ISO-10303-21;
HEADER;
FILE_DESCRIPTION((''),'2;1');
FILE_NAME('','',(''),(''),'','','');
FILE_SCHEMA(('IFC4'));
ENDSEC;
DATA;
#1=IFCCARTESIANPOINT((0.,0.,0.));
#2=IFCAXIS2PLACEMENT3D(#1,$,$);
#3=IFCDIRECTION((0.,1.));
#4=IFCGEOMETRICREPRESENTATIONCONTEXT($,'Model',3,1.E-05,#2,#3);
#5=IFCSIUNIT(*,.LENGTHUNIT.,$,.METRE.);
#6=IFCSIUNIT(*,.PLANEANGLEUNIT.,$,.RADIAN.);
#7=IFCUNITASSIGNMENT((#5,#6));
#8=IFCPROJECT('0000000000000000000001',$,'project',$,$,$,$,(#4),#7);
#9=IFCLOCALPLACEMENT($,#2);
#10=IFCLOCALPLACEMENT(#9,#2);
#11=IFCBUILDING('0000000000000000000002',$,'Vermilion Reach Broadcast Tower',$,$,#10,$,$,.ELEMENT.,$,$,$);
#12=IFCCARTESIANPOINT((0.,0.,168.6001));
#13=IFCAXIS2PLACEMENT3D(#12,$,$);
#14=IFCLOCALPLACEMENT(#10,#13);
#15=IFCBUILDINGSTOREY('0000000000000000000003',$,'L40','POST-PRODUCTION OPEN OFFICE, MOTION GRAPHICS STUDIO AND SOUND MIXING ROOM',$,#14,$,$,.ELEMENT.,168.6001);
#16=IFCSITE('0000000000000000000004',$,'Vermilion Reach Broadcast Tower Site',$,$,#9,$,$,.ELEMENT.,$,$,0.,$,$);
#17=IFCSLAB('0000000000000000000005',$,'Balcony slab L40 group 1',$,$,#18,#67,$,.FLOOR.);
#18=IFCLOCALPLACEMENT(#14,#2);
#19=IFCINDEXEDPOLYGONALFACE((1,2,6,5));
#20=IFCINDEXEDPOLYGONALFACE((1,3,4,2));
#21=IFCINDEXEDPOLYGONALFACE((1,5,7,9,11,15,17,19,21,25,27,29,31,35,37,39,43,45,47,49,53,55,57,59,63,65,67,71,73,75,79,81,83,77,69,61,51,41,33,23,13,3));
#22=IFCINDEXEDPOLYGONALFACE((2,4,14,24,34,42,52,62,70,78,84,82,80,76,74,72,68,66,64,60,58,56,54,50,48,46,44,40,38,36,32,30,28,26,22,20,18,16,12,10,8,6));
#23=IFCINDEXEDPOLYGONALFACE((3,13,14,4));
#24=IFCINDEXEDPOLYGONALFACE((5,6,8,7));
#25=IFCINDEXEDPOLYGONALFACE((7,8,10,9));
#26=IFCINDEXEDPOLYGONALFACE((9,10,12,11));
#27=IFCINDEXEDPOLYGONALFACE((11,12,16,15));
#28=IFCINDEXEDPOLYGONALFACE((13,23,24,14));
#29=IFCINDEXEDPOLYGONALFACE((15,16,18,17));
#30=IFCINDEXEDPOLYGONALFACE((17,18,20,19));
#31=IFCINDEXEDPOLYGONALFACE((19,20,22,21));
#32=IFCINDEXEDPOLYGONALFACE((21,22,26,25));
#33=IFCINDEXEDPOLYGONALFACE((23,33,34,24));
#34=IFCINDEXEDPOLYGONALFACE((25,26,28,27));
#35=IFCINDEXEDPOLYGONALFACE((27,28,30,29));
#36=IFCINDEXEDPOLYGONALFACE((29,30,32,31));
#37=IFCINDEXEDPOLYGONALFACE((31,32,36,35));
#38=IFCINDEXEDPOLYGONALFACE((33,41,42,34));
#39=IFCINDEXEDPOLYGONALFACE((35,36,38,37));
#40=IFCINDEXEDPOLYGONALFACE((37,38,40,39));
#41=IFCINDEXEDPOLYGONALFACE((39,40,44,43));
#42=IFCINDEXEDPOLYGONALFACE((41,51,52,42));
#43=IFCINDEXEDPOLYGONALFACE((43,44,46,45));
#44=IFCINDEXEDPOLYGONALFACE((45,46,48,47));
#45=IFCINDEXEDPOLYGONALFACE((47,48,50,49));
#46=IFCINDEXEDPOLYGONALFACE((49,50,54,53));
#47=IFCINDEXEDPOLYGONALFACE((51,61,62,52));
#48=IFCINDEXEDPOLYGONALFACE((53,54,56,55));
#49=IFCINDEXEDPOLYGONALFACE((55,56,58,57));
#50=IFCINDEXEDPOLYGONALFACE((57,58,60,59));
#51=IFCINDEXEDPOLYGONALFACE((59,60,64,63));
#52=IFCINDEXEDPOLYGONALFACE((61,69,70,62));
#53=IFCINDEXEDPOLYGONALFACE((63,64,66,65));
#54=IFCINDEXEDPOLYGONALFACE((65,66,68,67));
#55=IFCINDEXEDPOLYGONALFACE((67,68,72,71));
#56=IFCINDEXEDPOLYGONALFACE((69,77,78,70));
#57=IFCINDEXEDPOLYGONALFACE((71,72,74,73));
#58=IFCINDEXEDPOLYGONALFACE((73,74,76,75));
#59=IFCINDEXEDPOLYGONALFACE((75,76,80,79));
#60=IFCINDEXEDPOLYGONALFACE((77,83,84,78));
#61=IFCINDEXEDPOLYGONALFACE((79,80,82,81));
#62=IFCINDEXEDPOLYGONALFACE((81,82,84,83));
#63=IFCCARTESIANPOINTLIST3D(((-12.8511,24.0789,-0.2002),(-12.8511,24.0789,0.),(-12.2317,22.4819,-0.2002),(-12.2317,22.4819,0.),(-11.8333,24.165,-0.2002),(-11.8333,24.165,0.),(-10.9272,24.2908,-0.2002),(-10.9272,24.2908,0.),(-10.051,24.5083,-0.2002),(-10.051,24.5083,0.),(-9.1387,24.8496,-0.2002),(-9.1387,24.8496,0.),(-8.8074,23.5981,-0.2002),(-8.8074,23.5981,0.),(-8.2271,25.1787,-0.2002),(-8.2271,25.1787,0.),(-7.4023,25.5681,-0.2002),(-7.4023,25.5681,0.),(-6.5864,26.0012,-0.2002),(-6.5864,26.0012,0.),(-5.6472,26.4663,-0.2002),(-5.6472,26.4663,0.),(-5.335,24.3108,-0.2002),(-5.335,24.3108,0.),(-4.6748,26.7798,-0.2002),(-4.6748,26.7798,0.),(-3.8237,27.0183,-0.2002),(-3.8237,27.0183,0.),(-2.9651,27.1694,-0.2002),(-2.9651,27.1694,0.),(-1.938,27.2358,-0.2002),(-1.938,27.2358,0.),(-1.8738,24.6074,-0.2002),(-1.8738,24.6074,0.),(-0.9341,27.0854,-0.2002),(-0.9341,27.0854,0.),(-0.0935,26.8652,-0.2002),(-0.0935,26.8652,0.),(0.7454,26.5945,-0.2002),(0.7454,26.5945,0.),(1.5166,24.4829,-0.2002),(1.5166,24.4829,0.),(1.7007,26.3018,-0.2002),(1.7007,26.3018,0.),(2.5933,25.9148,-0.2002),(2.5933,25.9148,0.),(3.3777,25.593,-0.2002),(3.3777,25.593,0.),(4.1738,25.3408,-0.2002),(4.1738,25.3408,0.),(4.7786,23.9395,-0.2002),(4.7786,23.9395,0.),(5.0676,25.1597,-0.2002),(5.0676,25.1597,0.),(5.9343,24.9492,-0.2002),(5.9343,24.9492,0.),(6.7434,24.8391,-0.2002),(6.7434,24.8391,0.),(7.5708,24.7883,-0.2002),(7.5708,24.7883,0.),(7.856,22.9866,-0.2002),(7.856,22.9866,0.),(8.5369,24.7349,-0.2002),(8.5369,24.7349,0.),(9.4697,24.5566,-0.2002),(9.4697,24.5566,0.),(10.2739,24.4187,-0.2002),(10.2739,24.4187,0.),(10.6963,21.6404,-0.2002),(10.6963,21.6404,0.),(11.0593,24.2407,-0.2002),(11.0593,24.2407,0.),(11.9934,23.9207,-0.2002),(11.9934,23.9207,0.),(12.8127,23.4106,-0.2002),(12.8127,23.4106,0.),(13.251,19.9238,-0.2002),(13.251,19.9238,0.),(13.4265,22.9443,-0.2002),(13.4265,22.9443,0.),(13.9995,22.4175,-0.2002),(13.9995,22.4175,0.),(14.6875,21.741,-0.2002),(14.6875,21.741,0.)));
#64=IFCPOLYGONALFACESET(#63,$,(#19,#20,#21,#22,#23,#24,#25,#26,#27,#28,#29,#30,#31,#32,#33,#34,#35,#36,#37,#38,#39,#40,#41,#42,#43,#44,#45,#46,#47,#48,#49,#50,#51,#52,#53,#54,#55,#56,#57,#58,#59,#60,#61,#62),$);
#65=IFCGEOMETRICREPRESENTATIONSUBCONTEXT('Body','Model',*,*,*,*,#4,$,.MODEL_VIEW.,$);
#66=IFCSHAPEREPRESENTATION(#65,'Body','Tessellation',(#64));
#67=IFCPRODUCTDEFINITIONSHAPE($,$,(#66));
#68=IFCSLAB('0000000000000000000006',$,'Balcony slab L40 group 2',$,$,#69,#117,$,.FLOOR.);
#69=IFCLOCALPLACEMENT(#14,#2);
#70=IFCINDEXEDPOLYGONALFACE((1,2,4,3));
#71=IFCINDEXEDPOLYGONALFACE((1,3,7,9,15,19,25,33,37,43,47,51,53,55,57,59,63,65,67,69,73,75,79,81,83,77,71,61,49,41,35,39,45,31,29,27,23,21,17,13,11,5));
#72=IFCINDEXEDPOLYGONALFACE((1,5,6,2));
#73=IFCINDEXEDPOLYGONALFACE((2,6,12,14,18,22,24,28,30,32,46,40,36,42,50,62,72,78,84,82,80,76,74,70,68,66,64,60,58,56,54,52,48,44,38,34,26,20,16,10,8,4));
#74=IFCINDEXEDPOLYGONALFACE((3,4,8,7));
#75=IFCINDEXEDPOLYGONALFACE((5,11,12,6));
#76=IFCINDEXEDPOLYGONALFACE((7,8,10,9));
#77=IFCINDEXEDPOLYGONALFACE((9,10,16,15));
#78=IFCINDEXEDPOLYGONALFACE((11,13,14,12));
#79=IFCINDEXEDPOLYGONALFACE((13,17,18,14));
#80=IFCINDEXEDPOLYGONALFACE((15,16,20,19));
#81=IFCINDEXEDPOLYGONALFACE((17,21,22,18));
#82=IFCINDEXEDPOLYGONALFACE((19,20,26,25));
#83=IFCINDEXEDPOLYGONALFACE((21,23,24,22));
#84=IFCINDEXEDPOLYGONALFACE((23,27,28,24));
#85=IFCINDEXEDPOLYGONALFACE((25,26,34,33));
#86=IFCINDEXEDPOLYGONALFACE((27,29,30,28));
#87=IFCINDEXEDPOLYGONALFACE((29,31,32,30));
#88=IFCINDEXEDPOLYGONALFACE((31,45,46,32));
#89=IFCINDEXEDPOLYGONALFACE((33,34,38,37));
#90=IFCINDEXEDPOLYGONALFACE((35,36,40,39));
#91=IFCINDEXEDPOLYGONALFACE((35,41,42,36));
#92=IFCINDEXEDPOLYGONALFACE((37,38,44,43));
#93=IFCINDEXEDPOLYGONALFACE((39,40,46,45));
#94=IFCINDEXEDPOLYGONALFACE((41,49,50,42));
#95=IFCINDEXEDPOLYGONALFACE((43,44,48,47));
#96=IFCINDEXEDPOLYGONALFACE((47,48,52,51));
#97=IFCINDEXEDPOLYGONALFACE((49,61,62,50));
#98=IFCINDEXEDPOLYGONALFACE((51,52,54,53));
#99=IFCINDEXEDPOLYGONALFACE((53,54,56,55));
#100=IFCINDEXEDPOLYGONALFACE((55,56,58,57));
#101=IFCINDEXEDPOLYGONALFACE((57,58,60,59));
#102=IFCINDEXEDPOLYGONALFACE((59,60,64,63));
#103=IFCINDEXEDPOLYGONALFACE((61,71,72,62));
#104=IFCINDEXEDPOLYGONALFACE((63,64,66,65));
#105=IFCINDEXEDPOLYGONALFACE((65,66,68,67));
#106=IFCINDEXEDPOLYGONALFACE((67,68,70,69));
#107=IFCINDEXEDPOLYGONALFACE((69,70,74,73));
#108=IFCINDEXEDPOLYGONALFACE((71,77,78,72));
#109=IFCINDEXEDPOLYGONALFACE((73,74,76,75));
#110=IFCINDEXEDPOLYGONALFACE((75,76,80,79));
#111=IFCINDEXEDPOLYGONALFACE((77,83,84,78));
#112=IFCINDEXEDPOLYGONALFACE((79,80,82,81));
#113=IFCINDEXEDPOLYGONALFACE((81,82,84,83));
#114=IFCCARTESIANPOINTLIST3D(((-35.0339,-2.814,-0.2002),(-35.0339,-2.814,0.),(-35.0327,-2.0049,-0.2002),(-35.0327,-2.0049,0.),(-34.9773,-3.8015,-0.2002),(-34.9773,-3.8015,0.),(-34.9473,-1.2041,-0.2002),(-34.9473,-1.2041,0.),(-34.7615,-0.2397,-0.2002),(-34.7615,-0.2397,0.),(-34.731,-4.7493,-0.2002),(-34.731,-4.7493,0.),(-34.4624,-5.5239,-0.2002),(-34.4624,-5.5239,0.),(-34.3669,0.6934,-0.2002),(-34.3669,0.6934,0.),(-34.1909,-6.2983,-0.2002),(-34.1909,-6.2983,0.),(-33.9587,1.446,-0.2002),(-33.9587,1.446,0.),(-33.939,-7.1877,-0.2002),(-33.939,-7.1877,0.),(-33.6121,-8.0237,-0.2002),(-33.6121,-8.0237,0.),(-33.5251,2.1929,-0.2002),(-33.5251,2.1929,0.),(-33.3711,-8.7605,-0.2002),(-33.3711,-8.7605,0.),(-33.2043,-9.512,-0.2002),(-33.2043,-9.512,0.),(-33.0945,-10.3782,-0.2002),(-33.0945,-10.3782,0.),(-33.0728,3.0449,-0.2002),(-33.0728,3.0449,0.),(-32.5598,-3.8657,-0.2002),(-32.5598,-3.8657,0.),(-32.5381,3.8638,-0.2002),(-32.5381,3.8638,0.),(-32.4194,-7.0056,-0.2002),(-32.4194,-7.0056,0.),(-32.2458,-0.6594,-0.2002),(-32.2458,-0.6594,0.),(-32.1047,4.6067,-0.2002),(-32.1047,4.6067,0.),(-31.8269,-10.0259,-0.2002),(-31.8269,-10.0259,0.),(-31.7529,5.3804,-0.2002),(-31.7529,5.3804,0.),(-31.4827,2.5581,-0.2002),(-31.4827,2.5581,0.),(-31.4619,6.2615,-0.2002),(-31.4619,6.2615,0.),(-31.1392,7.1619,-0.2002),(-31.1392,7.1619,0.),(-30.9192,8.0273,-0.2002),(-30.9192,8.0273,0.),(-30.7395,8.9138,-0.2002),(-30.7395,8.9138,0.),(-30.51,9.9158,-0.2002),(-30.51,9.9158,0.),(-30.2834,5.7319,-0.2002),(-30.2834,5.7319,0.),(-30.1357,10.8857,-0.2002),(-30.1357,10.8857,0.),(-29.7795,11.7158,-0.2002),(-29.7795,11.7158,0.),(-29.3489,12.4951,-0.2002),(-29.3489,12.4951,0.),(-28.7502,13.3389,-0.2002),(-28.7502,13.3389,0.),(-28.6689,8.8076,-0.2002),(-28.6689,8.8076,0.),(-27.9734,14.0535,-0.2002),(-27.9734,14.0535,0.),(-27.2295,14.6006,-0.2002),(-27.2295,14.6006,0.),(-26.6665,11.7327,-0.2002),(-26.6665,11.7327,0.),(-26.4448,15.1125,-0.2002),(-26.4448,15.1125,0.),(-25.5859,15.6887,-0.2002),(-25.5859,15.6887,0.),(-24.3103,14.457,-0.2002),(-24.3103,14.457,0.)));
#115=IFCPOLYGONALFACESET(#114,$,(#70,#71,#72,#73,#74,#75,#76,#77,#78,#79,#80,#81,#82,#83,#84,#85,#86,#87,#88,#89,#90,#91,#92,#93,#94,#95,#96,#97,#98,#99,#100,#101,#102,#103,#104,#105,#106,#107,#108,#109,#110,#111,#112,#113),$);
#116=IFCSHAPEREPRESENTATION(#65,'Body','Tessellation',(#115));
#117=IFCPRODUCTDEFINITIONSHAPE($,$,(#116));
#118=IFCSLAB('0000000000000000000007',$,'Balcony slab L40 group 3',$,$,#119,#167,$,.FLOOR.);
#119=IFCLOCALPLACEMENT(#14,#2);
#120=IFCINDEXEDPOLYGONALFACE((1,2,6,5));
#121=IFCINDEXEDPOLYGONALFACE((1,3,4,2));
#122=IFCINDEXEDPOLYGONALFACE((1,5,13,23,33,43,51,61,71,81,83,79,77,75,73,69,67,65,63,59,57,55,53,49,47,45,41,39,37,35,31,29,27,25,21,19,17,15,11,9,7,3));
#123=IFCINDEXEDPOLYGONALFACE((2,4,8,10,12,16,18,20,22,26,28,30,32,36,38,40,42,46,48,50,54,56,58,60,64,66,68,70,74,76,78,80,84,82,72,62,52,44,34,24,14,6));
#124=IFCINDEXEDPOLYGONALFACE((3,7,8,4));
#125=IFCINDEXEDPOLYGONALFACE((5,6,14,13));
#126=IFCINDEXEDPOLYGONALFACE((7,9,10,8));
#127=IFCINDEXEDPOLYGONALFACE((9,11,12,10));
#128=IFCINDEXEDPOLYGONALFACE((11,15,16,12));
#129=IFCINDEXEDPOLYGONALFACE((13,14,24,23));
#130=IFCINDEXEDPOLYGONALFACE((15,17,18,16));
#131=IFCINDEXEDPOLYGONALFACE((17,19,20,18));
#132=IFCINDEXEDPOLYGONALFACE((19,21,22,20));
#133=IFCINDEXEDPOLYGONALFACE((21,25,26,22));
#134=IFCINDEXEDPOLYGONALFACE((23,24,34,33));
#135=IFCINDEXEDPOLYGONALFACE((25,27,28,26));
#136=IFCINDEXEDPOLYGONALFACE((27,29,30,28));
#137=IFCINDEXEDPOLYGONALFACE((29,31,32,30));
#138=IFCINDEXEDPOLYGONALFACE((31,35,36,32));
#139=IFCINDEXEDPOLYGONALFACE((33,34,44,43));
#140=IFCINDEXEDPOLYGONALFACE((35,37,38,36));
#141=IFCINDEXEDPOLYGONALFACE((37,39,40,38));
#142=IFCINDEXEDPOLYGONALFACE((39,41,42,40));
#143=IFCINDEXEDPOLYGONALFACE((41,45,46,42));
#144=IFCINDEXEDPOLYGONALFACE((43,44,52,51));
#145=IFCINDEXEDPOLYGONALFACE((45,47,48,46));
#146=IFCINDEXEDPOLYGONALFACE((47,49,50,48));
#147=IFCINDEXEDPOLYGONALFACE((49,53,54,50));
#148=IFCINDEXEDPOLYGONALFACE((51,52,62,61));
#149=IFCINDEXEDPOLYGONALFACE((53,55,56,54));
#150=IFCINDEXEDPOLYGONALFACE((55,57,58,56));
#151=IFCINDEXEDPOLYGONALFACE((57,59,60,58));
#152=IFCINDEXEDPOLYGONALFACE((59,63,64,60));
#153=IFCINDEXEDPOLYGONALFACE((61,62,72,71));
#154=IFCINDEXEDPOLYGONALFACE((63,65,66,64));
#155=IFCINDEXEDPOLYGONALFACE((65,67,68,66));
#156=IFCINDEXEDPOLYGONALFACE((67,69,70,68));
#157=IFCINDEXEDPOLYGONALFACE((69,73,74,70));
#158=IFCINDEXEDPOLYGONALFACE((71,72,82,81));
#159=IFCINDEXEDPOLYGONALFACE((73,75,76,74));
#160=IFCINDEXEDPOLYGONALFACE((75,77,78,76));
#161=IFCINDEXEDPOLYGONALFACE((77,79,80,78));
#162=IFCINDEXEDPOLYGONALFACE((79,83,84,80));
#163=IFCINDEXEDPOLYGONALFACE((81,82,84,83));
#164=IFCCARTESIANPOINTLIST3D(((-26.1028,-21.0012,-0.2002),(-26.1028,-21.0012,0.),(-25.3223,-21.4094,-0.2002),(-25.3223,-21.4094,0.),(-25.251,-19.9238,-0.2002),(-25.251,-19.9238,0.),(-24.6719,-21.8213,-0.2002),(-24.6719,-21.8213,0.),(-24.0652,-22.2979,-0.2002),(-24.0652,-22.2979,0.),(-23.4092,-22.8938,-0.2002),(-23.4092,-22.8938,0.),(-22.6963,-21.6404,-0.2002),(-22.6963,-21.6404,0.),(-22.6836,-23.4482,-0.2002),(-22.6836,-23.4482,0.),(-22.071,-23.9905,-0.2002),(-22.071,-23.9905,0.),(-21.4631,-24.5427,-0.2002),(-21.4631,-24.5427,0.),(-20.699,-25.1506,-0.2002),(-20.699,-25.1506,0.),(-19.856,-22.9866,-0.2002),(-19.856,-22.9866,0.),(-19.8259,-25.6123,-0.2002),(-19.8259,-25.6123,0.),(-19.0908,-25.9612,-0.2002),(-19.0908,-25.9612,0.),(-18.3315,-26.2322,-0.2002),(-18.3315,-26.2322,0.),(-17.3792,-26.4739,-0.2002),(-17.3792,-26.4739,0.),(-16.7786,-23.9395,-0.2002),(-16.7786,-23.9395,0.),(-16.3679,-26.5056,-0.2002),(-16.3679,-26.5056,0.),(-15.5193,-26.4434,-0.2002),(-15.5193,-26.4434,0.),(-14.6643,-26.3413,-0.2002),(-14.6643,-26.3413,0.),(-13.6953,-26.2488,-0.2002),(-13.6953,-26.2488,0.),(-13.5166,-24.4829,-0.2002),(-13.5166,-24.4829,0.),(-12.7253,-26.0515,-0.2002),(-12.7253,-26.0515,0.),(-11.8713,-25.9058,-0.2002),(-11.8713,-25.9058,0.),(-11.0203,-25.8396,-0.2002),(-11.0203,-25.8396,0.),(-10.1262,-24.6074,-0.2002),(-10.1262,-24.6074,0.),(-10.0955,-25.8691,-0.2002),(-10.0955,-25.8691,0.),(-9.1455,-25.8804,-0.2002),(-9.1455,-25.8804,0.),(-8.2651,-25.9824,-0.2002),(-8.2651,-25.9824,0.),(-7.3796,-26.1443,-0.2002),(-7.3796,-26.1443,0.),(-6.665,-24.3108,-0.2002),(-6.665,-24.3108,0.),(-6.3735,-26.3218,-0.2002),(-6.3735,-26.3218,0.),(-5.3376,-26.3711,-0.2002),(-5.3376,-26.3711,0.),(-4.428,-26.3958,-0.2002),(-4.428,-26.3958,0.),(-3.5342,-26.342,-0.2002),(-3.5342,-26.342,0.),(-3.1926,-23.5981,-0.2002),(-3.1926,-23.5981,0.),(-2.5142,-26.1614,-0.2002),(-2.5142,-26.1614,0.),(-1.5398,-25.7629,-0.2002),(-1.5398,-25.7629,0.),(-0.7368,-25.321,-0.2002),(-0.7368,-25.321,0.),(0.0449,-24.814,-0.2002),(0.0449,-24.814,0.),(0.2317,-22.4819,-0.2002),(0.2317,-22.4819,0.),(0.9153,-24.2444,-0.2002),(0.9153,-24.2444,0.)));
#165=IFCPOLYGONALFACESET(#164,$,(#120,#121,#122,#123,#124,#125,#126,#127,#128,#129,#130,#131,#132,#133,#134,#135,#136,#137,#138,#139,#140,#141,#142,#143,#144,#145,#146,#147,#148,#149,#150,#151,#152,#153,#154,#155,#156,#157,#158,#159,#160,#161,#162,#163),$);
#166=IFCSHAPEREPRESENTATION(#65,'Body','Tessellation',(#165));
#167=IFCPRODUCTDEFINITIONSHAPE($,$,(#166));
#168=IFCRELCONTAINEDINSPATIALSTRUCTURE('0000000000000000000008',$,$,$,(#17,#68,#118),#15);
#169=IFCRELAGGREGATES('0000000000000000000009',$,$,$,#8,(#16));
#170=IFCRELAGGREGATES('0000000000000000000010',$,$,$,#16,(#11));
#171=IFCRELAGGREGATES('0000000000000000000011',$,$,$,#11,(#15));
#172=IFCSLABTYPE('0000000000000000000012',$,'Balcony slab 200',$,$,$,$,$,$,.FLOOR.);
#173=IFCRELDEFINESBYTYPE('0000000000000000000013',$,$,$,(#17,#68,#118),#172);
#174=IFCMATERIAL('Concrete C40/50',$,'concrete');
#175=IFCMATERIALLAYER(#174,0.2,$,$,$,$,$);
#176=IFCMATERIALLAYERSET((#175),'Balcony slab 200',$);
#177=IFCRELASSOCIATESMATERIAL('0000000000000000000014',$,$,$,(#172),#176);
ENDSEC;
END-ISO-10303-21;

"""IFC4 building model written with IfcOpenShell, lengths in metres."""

from ifc_helpers import new_model, si_unit, direction, frame, origin, place, context, subcontext, project, spatial, polyline, outline, extrude, material, layer, layer_set, type_object, element, save


model = new_model("IFC4")

# Units and contexts
model_context = context("Model", 3, precision=1e-05, world=origin(), true_north=direction((0.0, 1.0)))
body_context = subcontext(model_context, "Body", "Model", "MODEL_VIEW")
ifc_project = project(units=[si_unit("LENGTHUNIT", "METRE"), si_unit("PLANEANGLEUNIT", "RADIAN")], contexts=[model_context])

# Site, building, storey
site_placement = place(None, origin())
site = spatial("IfcSite", under=ifc_project, at=site_placement, Name="Vermilion Reach Broadcast Tower Site", CompositionType="ELEMENT", RefElevation=0.0)
building_placement = place(site_placement, origin())
building = spatial("IfcBuilding", under=site, at=building_placement, Name="Vermilion Reach Broadcast Tower", CompositionType="ELEMENT")
storey_placement = place(building_placement, frame((0.0, 0.0, 168.6001)))
storey = spatial("IfcBuildingStorey", under=building, at=storey_placement, Name="L40", Description="POST-PRODUCTION OPEN OFFICE, MOTION GRAPHICS STUDIO AND SOUND MIXING ROOM", CompositionType="ELEMENT", Elevation=168.6001)

# Slabs
ifc_material_1 = material(Name="Concrete C40/50", Category="concrete")
ifc_layer_1 = layer(ifc_material_1, 0.2)
ifc_layer_set_1 = layer_set([ifc_layer_1], Name="Balcony slab 200")
slab_type_1 = type_object("IfcSlabType", Name="Balcony slab 200", PredefinedType="FLOOR", material=ifc_layer_set_1)
placement_1 = place(storey_placement, frame((0.0, 0.0, -0.2002)))
element("IfcSlab", 1, at=placement_1, inside=storey, type_object=slab_type_1, Name="Balcony slab L40 group 1", PredefinedType="FLOOR", context=body_context, shape_type="SweptSolid", body=[
    extrude(outline(polyline([(13.251, 19.9238), (10.6963, 21.6404), (7.856, 22.9866), (4.7786, 23.9395), (1.5166, 24.4829), (-1.8738, 24.6074), (-5.335, 24.3108), (-8.8074, 23.5981), (-12.2317, 22.4819), (-12.8511, 24.0789), (-11.8333, 24.165), (-10.9272, 24.2908), (-10.051, 24.5083), (-9.1387, 24.8496), (-8.2271, 25.1787), (-7.4023, 25.5681), (-6.5864, 26.0012), (-5.6472, 26.4663), (-4.6748, 26.7798), (-3.8237, 27.0183), (-2.9651, 27.1694), (-1.938, 27.2358), (-0.9341, 27.0854), (-0.0935, 26.8652), (0.7454, 26.5945), (1.7007, 26.3018), (2.5933, 25.9148), (3.3777, 25.593), (4.1738, 25.3408), (5.0676, 25.1597), (5.9343, 24.9492), (6.7434, 24.8391), (7.5708, 24.7883), (8.5369, 24.7349), (9.4697, 24.5566), (10.2739, 24.4187), (11.0593, 24.2407), (11.9934, 23.9207), (12.8127, 23.4106), (13.4265, 22.9443), (13.9995, 22.4175), (14.6875, 21.741), (13.251, 19.9238)])), origin(), (0.0, 0.0, 1.0), 0.2002),
])
element("IfcSlab", 2, at=placement_1, inside=storey, type_object=slab_type_1, Name="Balcony slab L40 group 2", PredefinedType="FLOOR", context=body_context, shape_type="SweptSolid", body=[
    extrude(outline(polyline([(-24.3103, 14.457), (-26.6665, 11.7327), (-28.6689, 8.8076), (-30.2834, 5.7319), (-31.4827, 2.5581), (-32.2458, -0.6594), (-32.5598, -3.8657), (-32.4194, -7.0056), (-31.8269, -10.0259), (-33.0945, -10.3782), (-33.2043, -9.512), (-33.3711, -8.7605), (-33.6121, -8.0237), (-33.939, -7.1877), (-34.1909, -6.2983), (-34.4624, -5.5239), (-34.731, -4.7493), (-34.9773, -3.8015), (-35.0339, -2.814), (-35.0327, -2.0049), (-34.9473, -1.2041), (-34.7615, -0.2397), (-34.3669, 0.6934), (-33.9587, 1.446), (-33.5251, 2.1929), (-33.0728, 3.0449), (-32.5381, 3.8638), (-32.1047, 4.6067), (-31.7529, 5.3804), (-31.4619, 6.2615), (-31.1392, 7.1619), (-30.9192, 8.0273), (-30.7395, 8.9138), (-30.51, 9.9158), (-30.1357, 10.8857), (-29.7795, 11.7158), (-29.3489, 12.4951), (-28.7502, 13.3389), (-27.9734, 14.0535), (-27.2295, 14.6006), (-26.4448, 15.1125), (-25.5859, 15.6887), (-24.3103, 14.457)])), origin(), (0.0, 0.0, 1.0), 0.2002),
])
element("IfcSlab", 3, at=placement_1, inside=storey, type_object=slab_type_1, Name="Balcony slab L40 group 3", PredefinedType="FLOOR", context=body_context, shape_type="SweptSolid", body=[
    extrude(outline(polyline([(-25.251, -19.9238), (-22.6963, -21.6404), (-19.856, -22.9866), (-16.7786, -23.9395), (-13.5166, -24.4829), (-10.1262, -24.6074), (-6.665, -24.3108), (-3.1926, -23.5981), (0.2317, -22.4819), (0.9153, -24.2444), (0.0449, -24.814), (-0.7368, -25.321), (-1.5398, -25.7629), (-2.5142, -26.1614), (-3.5342, -26.342), (-4.428, -26.3958), (-5.3376, -26.3711), (-6.3735, -26.3218), (-7.3796, -26.1443), (-8.2651, -25.9824), (-9.1455, -25.8804), (-10.0955, -25.8691), (-11.0203, -25.8396), (-11.8713, -25.9058), (-12.7253, -26.0515), (-13.6953, -26.2488), (-14.6643, -26.3413), (-15.5193, -26.4434), (-16.3679, -26.5056), (-17.3792, -26.4739), (-18.3315, -26.2322), (-19.0908, -25.9612), (-19.8259, -25.6123), (-20.699, -25.1506), (-21.4631, -24.5427), (-22.071, -23.9905), (-22.6836, -23.4482), (-23.4092, -22.8938), (-24.0652, -22.2979), (-24.6719, -21.8213), (-25.3223, -21.4094), (-26.1028, -21.0012), (-25.251, -19.9238)])), origin(), (0.0, 0.0, 1.0), 0.2002),
])

save(model, "model.ifc")
